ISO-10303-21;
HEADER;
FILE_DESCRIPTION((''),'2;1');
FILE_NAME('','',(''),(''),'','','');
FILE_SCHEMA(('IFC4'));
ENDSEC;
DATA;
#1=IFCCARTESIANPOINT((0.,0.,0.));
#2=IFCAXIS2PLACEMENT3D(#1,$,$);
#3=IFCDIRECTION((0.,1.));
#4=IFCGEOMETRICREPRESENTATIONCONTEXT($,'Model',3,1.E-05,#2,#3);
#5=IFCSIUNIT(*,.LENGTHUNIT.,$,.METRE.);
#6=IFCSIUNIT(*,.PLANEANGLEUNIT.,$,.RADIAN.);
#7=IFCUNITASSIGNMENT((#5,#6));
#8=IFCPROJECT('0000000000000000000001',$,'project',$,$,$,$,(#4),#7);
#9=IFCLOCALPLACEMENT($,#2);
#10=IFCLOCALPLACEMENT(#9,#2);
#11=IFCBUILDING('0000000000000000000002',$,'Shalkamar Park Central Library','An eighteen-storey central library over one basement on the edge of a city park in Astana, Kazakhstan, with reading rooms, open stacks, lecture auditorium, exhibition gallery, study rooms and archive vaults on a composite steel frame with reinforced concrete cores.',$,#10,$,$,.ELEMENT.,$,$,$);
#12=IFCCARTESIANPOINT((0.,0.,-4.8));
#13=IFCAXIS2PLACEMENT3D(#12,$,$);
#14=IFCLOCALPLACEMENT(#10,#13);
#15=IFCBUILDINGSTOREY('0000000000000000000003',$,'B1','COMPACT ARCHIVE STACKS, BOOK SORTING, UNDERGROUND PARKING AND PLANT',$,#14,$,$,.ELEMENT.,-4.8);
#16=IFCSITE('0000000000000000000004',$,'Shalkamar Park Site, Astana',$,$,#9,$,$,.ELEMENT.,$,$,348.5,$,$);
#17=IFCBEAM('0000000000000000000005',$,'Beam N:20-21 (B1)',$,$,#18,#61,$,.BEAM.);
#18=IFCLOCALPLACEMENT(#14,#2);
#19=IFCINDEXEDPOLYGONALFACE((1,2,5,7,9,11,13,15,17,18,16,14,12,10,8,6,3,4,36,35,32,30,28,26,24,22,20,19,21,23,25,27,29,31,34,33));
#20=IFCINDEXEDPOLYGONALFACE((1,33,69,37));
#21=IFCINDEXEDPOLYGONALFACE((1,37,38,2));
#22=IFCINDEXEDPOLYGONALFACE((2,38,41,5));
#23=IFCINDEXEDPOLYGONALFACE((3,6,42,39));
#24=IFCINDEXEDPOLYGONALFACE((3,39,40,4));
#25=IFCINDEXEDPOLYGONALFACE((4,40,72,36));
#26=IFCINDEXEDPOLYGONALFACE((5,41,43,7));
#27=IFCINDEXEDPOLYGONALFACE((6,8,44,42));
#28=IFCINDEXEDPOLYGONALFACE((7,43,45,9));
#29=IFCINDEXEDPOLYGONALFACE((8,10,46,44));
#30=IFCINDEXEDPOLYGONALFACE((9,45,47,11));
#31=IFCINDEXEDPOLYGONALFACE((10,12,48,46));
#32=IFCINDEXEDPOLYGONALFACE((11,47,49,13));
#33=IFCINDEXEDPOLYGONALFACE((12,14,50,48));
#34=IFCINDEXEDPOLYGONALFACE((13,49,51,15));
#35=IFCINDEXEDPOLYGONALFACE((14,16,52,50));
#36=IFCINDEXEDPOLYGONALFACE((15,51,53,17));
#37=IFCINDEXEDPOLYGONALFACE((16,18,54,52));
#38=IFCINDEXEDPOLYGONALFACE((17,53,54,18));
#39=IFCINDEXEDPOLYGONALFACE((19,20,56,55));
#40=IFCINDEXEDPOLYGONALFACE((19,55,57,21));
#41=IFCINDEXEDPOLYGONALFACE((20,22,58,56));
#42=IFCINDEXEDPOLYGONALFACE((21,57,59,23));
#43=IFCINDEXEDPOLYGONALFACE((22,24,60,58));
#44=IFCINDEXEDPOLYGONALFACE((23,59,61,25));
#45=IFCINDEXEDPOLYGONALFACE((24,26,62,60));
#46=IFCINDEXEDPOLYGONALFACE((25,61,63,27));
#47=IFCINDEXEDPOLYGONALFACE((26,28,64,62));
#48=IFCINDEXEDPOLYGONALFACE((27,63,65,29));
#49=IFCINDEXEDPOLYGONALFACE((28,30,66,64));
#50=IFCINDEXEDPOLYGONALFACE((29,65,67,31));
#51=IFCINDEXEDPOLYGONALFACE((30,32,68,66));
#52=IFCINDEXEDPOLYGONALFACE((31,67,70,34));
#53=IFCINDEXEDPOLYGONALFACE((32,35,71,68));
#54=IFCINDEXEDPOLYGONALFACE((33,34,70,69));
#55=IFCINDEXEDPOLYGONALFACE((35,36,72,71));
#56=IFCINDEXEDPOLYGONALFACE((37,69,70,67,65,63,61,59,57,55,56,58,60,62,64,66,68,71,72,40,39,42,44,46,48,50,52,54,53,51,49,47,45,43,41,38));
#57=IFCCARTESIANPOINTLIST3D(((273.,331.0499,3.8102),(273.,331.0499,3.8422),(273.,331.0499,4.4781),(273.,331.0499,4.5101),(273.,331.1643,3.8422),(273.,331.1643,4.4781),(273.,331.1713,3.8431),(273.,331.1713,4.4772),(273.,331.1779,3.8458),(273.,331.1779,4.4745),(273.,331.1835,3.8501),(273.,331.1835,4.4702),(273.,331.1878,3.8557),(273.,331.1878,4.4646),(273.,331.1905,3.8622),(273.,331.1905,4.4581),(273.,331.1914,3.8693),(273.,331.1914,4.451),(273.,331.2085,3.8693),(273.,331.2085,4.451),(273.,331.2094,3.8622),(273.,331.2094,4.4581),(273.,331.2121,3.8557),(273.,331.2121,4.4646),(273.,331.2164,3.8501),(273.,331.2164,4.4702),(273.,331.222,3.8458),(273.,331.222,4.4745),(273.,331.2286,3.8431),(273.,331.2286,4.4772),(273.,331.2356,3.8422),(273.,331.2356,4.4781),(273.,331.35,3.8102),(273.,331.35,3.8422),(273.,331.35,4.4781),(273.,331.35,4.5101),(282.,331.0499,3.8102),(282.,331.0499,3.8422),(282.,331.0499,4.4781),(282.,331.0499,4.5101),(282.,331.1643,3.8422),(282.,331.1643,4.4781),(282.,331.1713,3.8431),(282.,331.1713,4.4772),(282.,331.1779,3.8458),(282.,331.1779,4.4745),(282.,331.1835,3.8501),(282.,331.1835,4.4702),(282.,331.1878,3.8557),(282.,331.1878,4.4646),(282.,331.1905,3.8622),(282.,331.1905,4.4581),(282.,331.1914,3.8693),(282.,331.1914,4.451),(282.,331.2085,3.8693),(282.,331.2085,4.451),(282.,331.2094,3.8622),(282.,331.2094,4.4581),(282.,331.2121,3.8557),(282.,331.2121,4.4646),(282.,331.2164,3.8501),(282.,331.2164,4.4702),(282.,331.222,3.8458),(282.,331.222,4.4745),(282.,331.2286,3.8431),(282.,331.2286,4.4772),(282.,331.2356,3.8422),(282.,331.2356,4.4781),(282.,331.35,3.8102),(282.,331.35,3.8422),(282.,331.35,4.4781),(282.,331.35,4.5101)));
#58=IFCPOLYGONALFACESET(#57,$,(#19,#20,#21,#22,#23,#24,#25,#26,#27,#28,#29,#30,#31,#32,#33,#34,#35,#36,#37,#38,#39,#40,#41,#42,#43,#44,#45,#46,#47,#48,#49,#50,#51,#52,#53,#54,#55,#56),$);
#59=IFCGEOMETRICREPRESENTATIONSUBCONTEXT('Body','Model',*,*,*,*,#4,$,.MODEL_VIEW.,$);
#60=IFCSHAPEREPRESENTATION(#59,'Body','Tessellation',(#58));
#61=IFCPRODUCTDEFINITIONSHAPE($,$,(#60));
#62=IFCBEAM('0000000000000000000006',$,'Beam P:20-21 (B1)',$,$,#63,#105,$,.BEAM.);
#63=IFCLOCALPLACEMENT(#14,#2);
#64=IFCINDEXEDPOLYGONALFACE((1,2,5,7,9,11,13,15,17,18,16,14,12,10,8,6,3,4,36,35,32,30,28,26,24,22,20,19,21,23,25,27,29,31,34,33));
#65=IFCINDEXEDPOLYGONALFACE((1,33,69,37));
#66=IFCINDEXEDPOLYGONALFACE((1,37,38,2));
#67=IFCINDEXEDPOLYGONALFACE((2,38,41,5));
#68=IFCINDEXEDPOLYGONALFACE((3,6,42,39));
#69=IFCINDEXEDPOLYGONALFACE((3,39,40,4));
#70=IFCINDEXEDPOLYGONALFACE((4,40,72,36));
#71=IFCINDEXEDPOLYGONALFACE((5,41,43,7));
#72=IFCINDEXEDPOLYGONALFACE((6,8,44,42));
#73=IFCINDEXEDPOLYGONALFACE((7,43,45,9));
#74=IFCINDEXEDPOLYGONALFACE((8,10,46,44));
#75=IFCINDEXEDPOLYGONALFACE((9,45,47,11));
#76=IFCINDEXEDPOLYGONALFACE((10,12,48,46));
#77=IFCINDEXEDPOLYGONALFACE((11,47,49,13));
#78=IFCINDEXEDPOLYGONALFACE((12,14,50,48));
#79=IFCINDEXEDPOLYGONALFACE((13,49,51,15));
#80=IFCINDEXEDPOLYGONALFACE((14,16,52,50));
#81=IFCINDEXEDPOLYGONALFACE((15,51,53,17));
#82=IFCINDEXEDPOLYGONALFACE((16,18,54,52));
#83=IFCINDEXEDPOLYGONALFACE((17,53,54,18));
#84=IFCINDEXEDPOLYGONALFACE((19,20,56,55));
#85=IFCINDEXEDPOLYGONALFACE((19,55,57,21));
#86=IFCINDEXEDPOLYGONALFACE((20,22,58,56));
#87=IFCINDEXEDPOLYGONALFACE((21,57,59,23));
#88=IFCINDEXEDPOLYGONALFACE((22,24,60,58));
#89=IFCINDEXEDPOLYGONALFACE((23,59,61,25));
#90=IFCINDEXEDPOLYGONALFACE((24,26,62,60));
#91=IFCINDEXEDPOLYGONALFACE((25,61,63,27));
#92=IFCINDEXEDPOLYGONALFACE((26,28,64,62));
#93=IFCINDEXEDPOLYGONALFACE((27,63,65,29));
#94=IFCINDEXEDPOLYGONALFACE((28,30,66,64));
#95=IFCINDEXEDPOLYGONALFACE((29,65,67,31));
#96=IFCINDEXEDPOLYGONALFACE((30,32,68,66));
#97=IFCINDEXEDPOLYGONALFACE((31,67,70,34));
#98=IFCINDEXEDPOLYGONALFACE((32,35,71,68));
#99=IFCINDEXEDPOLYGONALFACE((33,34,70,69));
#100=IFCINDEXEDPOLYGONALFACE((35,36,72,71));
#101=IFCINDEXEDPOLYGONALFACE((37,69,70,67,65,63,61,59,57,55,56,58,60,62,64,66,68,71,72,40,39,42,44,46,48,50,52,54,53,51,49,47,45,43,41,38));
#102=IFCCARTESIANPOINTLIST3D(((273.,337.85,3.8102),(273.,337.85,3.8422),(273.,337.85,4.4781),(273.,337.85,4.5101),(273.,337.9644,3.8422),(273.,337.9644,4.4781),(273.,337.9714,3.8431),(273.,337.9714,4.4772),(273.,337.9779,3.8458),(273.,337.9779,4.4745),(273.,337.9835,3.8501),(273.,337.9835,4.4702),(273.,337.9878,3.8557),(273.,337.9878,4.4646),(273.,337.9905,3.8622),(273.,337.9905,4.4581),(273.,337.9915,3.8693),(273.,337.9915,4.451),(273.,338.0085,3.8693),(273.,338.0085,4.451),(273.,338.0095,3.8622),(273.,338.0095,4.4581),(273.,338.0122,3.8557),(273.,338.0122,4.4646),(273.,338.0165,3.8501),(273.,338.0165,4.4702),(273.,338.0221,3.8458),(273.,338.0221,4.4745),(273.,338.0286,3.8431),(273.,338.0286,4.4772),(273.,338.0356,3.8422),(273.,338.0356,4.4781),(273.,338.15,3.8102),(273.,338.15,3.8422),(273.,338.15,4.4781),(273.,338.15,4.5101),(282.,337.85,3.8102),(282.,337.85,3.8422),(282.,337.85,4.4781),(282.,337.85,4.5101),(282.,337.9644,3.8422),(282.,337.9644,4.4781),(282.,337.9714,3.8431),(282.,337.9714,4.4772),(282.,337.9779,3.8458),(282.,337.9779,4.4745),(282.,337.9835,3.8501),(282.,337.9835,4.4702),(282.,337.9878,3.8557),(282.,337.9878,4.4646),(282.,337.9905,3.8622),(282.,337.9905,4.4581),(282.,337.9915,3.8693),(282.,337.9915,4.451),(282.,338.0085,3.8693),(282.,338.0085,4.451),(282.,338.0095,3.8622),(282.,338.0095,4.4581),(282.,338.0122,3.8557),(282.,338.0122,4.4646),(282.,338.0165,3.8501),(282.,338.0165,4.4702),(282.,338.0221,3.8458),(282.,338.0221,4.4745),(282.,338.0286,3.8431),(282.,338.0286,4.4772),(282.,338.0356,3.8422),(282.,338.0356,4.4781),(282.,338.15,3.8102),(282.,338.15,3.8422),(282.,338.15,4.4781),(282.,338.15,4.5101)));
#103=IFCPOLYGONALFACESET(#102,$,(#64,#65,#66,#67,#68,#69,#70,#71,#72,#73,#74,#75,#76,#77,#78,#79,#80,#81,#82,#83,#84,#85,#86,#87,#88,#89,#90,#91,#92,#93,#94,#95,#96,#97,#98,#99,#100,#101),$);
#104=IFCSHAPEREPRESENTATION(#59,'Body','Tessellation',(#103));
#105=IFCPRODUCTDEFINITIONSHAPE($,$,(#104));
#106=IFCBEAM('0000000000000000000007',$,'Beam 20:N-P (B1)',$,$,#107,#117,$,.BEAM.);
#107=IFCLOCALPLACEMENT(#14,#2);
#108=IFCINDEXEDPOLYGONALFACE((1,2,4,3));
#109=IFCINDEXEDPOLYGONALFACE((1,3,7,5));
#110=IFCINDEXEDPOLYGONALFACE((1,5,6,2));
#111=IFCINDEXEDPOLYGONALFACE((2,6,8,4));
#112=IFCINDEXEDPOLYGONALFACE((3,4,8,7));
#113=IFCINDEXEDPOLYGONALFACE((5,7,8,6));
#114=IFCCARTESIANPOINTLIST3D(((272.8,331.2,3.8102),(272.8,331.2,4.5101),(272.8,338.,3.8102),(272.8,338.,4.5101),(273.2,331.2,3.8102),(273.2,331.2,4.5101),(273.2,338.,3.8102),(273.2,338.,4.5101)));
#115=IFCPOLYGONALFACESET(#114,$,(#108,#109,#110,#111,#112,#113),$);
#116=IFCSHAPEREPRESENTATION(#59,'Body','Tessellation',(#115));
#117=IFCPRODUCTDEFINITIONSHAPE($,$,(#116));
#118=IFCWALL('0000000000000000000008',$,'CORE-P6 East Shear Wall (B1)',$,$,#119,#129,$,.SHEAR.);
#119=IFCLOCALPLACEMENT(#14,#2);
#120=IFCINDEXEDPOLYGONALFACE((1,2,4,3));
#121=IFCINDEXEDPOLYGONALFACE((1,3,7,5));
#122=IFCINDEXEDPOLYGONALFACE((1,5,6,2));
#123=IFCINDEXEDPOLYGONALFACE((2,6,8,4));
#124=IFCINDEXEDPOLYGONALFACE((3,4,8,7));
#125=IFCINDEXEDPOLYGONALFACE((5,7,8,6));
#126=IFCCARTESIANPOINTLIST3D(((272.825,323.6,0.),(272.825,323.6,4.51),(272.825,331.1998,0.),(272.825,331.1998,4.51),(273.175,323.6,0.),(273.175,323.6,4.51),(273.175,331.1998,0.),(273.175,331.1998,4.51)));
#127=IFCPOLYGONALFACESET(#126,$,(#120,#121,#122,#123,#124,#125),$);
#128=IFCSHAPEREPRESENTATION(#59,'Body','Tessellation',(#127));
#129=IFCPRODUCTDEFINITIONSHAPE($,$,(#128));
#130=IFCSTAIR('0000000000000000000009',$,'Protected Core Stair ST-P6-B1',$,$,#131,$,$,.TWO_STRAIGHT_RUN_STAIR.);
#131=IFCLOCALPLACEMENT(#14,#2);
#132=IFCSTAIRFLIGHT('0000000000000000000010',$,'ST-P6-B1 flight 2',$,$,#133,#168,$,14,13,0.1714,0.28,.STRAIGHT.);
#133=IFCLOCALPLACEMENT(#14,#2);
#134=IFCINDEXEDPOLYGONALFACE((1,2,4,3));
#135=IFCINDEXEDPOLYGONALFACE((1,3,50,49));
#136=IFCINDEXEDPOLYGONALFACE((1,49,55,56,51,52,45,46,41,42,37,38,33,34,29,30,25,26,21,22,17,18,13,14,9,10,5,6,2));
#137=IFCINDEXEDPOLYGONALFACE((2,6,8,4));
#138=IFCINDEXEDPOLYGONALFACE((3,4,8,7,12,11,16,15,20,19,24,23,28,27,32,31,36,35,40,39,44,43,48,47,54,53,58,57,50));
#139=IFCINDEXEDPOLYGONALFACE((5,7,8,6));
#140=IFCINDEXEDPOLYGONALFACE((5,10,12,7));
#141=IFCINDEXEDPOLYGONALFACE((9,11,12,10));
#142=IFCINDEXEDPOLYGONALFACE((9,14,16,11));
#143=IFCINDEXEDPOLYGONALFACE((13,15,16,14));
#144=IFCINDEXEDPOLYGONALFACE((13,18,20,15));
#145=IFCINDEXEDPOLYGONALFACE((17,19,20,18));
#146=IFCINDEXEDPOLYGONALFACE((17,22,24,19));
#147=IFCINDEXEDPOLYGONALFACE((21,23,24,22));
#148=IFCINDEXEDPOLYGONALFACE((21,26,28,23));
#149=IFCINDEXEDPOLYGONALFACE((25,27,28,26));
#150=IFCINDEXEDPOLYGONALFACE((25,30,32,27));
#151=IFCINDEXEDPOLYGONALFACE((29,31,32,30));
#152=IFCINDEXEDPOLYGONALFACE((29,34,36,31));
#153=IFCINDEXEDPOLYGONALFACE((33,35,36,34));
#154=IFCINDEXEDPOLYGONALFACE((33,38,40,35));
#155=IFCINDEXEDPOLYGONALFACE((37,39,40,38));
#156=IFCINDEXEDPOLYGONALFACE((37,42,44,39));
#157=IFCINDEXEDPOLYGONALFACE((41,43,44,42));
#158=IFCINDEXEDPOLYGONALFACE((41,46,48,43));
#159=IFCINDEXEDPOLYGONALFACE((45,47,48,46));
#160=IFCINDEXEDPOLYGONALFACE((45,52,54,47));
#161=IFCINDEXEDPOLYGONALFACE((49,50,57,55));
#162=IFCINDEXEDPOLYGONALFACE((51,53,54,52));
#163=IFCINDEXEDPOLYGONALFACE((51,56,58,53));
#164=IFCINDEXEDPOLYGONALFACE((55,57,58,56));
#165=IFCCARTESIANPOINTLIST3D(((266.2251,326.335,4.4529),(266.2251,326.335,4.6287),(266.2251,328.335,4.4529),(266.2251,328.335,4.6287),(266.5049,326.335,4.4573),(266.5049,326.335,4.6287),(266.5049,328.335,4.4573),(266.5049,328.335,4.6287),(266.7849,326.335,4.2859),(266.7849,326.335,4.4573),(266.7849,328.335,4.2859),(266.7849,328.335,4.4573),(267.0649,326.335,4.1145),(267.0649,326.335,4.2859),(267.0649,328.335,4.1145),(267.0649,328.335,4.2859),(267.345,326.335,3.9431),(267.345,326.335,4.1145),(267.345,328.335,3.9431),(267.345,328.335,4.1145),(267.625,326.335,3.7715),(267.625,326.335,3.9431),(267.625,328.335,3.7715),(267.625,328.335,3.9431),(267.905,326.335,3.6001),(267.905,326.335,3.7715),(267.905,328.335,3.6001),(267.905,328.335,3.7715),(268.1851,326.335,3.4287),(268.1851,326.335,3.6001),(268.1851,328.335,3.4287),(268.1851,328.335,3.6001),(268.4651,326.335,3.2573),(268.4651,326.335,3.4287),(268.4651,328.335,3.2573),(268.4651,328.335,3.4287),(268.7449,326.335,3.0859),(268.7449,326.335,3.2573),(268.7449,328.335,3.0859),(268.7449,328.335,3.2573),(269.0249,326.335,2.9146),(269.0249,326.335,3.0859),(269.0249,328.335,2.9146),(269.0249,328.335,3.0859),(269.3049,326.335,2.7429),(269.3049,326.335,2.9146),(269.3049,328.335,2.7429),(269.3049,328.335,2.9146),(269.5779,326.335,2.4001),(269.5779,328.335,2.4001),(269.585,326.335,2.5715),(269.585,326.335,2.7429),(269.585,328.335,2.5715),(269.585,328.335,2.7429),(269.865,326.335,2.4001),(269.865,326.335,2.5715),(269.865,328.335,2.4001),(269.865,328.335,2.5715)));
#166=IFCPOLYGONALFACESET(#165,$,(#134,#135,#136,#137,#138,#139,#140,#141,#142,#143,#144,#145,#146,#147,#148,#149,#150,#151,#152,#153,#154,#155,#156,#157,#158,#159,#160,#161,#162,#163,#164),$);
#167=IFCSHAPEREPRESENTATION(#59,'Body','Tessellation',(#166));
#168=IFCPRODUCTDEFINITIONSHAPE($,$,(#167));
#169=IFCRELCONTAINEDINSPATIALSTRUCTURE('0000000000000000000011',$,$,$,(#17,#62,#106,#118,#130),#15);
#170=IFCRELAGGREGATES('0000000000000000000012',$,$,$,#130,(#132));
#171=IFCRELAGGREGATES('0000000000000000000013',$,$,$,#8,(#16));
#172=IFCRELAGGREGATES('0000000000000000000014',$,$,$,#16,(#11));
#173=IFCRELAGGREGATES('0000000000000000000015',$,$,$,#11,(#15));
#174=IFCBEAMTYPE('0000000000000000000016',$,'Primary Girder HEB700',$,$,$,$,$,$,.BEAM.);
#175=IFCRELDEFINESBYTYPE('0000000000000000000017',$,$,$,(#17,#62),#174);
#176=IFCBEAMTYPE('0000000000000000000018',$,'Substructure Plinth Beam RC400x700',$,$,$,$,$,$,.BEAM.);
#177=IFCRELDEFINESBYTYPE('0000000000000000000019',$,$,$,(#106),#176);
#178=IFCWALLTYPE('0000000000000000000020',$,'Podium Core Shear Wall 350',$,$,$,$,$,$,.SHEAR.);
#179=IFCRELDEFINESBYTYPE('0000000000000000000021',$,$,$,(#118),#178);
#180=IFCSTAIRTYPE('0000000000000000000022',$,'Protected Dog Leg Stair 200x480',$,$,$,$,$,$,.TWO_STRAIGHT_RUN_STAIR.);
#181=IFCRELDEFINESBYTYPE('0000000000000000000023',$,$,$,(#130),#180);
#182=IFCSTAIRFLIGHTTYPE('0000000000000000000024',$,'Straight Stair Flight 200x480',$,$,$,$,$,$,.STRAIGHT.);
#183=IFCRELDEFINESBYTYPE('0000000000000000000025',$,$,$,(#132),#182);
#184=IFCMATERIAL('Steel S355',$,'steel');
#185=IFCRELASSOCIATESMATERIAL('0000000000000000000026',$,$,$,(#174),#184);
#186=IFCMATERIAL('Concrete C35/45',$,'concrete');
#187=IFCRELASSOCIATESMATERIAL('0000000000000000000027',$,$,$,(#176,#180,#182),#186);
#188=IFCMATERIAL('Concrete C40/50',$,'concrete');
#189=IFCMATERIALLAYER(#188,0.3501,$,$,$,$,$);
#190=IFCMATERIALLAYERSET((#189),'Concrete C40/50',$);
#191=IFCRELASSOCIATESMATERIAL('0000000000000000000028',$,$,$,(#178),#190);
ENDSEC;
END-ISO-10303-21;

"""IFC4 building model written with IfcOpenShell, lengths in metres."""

from ifc_helpers import new_model, si_unit, direction, frame, frame_2d, origin, origin_2d, place, context, subcontext, project, spatial, polyline, rectangle, i_section, outline, extrude, material, layer, layer_set, material_profile, profile_set, type_object, element, aggregate, save


model = new_model("IFC4")

# Units and contexts
model_context = context("Model", 3, precision=1e-05, world=origin(), true_north=direction((0.0, 1.0)))
body_context = subcontext(model_context, "Body", "Model", "MODEL_VIEW")
ifc_project = project(units=[si_unit("LENGTHUNIT", "METRE"), si_unit("PLANEANGLEUNIT", "RADIAN")], contexts=[model_context])

# Site, building, storey
site_placement = place(None, origin())
site = spatial("IfcSite", under=ifc_project, at=site_placement, Name="Shalkamar Park Site, Astana", CompositionType="ELEMENT", RefElevation=348.5)
building_placement = place(site_placement, origin())
building = spatial("IfcBuilding", under=site, at=building_placement, Name="Shalkamar Park Central Library", Description="An eighteen-storey central library over one basement on the edge of a city park in Astana, Kazakhstan, with reading rooms, open stacks, lecture auditorium, exhibition gallery, study rooms and archive vaults on a composite steel frame with reinforced concrete cores.", CompositionType="ELEMENT")
storey_placement = place(building_placement, frame((0.0, 0.0, -4.8)))
storey = spatial("IfcBuildingStorey", under=building, at=storey_placement, Name="B1", Description="COMPACT ARCHIVE STACKS, BOOK SORTING, UNDERGROUND PARKING AND PLANT", CompositionType="ELEMENT", Elevation=-4.8)

# Shared definitions
ifc_material_1 = material(Name="Concrete C35/45", Category="concrete")

# Shared definitions
ifc_material_2 = material(Name="Steel S355", Category="steel")

# Beams
ifc_material_profile_1 = material_profile(ifc_material_2, i_section(OverallWidth=0.3, OverallDepth=0.7, WebThickness=0.0171, FlangeThickness=0.032, FilletRadius=0.0271, at=origin_2d()), Name="HEB 700")
ifc_profile_set_1 = profile_set([ifc_material_profile_1], Name="Steel S355")
beam_type_1 = type_object("IfcBeamType", Name="Primary Girder HEB700", PredefinedType="BEAM", material=ifc_profile_set_1)
for number, where, z_axis, x_axis, name in (
    (1, (273.0, 331.2, 4.1602), (1.0, 0.0, 0.0), (0.0, 1.0, 0.0), "Beam N:20-21 (B1)"),
    (2, (273.0, 338.0, 4.1602), (1.0, 0.0, 0.0), (0.0, 1.0, 0.0), "Beam P:20-21 (B1)"),
):
    element("IfcBeam", number, at=place(storey_placement, frame(where, z_axis=z_axis, x_axis=x_axis)), inside=storey, type_object=beam_type_1, Name=name, PredefinedType="BEAM", context=body_context, shape_type="SweptSolid", body=[
        extrude(i_section(OverallWidth=0.3, OverallDepth=0.7, WebThickness=0.0171, FlangeThickness=0.032, FilletRadius=0.0271, at=origin_2d()), origin(), (0.0, 0.0, 1.0), 9.0),
    ])
ifc_material_profile_2 = material_profile(ifc_material_1, rectangle(XDim=0.3999, YDim=0.7, at=origin_2d()), Name="RC 400x700")
ifc_profile_set_2 = profile_set([ifc_material_profile_2], Name="Concrete C35/45")
beam_type_2 = type_object("IfcBeamType", Name="Substructure Plinth Beam RC400x700", PredefinedType="BEAM", material=ifc_profile_set_2)
beam_1_placement = place(storey_placement, frame((273.0, 331.2, 4.1602), z_axis=(0.0, 1.0, 0.0), x_axis=(-1.0, 0.0, 0.0)))
element("IfcBeam", 3, at=beam_1_placement, inside=storey, type_object=beam_type_2, Name="Beam 20:N-P (B1)", PredefinedType="BEAM", context=body_context, shape_type="SweptSolid", body=[
    extrude(rectangle(XDim=0.3999, YDim=0.7, at=origin_2d()), origin(), (0.0, 0.0, 1.0), 6.8),
])

# Wall
ifc_material_3 = material(Name="Concrete C40/50", Category="concrete")
ifc_layer = layer(ifc_material_3, 0.3501)
ifc_layer_set = layer_set([ifc_layer], Name="Concrete C40/50")
wall_type = type_object("IfcWallType", Name="Podium Core Shear Wall 350", PredefinedType="SHEAR", material=ifc_layer_set)
wall_placement = place(storey_placement, frame((273.0, 323.6001, 0.0), z_axis=(0.0, 0.0, 1.0), x_axis=(0.0, 1.0, 0.0)))
element("IfcWall", 4, at=wall_placement, inside=storey, type_object=wall_type, Name="CORE-P6 East Shear Wall (B1)", PredefinedType="SHEAR", context=body_context, shape_type="SweptSolid", body=[
    extrude(rectangle(XDim=7.5999, YDim=0.3501, at=frame_2d((3.7998, 0.0))), origin(), (0.0, 0.0, 1.0), 4.51),
])

# Stair, stair flight
stair_type = type_object("IfcStairType", Name="Protected Dog Leg Stair 200x480", PredefinedType="TWO_STRAIGHT_RUN_STAIR", material=ifc_material_1)
stair_placement = place(storey_placement, origin())
stair = element("IfcStair", 5, at=stair_placement, inside=storey, type_object=stair_type, Name="Protected Core Stair ST-P6-B1", PredefinedType="TWO_STRAIGHT_RUN_STAIR")
stair_flight_type = type_object("IfcStairFlightType", Name="Straight Stair Flight 200x480", PredefinedType="STRAIGHT", material=ifc_material_1)
stair_flight_placement = place(storey_placement, frame((269.865, 327.335, 2.4001), z_axis=(0.0, 0.0, 1.0), x_axis=(-1.0, 0.0, 0.0)))
stair_flight = element("IfcStairFlight", 6, at=stair_flight_placement, type_object=stair_flight_type, Name="ST-P6-B1 flight 2", NumberOfRisers=14, NumberOfTreads=13, PredefinedType="STRAIGHT", RiserHeight=0.1714, TreadLength=0.28, context=body_context, shape_type="SweptSolid", body=[
    extrude(outline(polyline([(0.0, 0.0), (0.0, 0.1714), (0.28, 0.1714), (0.28, 0.3428), (0.5601, 0.3428), (0.5601, 0.5144), (0.8401, 0.5144), (0.8401, 0.6858), (1.1201, 0.6858), (1.1201, 0.8572), (1.3999, 0.8572), (1.3999, 1.0286), (1.6799, 1.0286), (1.6799, 1.2), (1.96, 1.2), (1.96, 1.3713), (2.24, 1.3713), (2.24, 1.543), (2.52, 1.543), (2.52, 1.7144), (2.8, 1.7144), (2.8, 1.8857), (3.0801, 1.8857), (3.0801, 2.0571), (3.3601, 2.0571), (3.3601, 2.2285), (3.6399, 2.2285), (3.6399, 2.3999), (3.6399, 2.0527), (0.2871, 0.0), (0.0, 0.0)])), frame((0.0, 1.0, 0.0), z_axis=(0.0, -1.0, 0.0), x_axis=(1.0, 0.0, 0.0)), (0.0, 0.0, 1.0), 2.0),
])
aggregate(stair, [stair_flight])

save(model, "model.ifc")
